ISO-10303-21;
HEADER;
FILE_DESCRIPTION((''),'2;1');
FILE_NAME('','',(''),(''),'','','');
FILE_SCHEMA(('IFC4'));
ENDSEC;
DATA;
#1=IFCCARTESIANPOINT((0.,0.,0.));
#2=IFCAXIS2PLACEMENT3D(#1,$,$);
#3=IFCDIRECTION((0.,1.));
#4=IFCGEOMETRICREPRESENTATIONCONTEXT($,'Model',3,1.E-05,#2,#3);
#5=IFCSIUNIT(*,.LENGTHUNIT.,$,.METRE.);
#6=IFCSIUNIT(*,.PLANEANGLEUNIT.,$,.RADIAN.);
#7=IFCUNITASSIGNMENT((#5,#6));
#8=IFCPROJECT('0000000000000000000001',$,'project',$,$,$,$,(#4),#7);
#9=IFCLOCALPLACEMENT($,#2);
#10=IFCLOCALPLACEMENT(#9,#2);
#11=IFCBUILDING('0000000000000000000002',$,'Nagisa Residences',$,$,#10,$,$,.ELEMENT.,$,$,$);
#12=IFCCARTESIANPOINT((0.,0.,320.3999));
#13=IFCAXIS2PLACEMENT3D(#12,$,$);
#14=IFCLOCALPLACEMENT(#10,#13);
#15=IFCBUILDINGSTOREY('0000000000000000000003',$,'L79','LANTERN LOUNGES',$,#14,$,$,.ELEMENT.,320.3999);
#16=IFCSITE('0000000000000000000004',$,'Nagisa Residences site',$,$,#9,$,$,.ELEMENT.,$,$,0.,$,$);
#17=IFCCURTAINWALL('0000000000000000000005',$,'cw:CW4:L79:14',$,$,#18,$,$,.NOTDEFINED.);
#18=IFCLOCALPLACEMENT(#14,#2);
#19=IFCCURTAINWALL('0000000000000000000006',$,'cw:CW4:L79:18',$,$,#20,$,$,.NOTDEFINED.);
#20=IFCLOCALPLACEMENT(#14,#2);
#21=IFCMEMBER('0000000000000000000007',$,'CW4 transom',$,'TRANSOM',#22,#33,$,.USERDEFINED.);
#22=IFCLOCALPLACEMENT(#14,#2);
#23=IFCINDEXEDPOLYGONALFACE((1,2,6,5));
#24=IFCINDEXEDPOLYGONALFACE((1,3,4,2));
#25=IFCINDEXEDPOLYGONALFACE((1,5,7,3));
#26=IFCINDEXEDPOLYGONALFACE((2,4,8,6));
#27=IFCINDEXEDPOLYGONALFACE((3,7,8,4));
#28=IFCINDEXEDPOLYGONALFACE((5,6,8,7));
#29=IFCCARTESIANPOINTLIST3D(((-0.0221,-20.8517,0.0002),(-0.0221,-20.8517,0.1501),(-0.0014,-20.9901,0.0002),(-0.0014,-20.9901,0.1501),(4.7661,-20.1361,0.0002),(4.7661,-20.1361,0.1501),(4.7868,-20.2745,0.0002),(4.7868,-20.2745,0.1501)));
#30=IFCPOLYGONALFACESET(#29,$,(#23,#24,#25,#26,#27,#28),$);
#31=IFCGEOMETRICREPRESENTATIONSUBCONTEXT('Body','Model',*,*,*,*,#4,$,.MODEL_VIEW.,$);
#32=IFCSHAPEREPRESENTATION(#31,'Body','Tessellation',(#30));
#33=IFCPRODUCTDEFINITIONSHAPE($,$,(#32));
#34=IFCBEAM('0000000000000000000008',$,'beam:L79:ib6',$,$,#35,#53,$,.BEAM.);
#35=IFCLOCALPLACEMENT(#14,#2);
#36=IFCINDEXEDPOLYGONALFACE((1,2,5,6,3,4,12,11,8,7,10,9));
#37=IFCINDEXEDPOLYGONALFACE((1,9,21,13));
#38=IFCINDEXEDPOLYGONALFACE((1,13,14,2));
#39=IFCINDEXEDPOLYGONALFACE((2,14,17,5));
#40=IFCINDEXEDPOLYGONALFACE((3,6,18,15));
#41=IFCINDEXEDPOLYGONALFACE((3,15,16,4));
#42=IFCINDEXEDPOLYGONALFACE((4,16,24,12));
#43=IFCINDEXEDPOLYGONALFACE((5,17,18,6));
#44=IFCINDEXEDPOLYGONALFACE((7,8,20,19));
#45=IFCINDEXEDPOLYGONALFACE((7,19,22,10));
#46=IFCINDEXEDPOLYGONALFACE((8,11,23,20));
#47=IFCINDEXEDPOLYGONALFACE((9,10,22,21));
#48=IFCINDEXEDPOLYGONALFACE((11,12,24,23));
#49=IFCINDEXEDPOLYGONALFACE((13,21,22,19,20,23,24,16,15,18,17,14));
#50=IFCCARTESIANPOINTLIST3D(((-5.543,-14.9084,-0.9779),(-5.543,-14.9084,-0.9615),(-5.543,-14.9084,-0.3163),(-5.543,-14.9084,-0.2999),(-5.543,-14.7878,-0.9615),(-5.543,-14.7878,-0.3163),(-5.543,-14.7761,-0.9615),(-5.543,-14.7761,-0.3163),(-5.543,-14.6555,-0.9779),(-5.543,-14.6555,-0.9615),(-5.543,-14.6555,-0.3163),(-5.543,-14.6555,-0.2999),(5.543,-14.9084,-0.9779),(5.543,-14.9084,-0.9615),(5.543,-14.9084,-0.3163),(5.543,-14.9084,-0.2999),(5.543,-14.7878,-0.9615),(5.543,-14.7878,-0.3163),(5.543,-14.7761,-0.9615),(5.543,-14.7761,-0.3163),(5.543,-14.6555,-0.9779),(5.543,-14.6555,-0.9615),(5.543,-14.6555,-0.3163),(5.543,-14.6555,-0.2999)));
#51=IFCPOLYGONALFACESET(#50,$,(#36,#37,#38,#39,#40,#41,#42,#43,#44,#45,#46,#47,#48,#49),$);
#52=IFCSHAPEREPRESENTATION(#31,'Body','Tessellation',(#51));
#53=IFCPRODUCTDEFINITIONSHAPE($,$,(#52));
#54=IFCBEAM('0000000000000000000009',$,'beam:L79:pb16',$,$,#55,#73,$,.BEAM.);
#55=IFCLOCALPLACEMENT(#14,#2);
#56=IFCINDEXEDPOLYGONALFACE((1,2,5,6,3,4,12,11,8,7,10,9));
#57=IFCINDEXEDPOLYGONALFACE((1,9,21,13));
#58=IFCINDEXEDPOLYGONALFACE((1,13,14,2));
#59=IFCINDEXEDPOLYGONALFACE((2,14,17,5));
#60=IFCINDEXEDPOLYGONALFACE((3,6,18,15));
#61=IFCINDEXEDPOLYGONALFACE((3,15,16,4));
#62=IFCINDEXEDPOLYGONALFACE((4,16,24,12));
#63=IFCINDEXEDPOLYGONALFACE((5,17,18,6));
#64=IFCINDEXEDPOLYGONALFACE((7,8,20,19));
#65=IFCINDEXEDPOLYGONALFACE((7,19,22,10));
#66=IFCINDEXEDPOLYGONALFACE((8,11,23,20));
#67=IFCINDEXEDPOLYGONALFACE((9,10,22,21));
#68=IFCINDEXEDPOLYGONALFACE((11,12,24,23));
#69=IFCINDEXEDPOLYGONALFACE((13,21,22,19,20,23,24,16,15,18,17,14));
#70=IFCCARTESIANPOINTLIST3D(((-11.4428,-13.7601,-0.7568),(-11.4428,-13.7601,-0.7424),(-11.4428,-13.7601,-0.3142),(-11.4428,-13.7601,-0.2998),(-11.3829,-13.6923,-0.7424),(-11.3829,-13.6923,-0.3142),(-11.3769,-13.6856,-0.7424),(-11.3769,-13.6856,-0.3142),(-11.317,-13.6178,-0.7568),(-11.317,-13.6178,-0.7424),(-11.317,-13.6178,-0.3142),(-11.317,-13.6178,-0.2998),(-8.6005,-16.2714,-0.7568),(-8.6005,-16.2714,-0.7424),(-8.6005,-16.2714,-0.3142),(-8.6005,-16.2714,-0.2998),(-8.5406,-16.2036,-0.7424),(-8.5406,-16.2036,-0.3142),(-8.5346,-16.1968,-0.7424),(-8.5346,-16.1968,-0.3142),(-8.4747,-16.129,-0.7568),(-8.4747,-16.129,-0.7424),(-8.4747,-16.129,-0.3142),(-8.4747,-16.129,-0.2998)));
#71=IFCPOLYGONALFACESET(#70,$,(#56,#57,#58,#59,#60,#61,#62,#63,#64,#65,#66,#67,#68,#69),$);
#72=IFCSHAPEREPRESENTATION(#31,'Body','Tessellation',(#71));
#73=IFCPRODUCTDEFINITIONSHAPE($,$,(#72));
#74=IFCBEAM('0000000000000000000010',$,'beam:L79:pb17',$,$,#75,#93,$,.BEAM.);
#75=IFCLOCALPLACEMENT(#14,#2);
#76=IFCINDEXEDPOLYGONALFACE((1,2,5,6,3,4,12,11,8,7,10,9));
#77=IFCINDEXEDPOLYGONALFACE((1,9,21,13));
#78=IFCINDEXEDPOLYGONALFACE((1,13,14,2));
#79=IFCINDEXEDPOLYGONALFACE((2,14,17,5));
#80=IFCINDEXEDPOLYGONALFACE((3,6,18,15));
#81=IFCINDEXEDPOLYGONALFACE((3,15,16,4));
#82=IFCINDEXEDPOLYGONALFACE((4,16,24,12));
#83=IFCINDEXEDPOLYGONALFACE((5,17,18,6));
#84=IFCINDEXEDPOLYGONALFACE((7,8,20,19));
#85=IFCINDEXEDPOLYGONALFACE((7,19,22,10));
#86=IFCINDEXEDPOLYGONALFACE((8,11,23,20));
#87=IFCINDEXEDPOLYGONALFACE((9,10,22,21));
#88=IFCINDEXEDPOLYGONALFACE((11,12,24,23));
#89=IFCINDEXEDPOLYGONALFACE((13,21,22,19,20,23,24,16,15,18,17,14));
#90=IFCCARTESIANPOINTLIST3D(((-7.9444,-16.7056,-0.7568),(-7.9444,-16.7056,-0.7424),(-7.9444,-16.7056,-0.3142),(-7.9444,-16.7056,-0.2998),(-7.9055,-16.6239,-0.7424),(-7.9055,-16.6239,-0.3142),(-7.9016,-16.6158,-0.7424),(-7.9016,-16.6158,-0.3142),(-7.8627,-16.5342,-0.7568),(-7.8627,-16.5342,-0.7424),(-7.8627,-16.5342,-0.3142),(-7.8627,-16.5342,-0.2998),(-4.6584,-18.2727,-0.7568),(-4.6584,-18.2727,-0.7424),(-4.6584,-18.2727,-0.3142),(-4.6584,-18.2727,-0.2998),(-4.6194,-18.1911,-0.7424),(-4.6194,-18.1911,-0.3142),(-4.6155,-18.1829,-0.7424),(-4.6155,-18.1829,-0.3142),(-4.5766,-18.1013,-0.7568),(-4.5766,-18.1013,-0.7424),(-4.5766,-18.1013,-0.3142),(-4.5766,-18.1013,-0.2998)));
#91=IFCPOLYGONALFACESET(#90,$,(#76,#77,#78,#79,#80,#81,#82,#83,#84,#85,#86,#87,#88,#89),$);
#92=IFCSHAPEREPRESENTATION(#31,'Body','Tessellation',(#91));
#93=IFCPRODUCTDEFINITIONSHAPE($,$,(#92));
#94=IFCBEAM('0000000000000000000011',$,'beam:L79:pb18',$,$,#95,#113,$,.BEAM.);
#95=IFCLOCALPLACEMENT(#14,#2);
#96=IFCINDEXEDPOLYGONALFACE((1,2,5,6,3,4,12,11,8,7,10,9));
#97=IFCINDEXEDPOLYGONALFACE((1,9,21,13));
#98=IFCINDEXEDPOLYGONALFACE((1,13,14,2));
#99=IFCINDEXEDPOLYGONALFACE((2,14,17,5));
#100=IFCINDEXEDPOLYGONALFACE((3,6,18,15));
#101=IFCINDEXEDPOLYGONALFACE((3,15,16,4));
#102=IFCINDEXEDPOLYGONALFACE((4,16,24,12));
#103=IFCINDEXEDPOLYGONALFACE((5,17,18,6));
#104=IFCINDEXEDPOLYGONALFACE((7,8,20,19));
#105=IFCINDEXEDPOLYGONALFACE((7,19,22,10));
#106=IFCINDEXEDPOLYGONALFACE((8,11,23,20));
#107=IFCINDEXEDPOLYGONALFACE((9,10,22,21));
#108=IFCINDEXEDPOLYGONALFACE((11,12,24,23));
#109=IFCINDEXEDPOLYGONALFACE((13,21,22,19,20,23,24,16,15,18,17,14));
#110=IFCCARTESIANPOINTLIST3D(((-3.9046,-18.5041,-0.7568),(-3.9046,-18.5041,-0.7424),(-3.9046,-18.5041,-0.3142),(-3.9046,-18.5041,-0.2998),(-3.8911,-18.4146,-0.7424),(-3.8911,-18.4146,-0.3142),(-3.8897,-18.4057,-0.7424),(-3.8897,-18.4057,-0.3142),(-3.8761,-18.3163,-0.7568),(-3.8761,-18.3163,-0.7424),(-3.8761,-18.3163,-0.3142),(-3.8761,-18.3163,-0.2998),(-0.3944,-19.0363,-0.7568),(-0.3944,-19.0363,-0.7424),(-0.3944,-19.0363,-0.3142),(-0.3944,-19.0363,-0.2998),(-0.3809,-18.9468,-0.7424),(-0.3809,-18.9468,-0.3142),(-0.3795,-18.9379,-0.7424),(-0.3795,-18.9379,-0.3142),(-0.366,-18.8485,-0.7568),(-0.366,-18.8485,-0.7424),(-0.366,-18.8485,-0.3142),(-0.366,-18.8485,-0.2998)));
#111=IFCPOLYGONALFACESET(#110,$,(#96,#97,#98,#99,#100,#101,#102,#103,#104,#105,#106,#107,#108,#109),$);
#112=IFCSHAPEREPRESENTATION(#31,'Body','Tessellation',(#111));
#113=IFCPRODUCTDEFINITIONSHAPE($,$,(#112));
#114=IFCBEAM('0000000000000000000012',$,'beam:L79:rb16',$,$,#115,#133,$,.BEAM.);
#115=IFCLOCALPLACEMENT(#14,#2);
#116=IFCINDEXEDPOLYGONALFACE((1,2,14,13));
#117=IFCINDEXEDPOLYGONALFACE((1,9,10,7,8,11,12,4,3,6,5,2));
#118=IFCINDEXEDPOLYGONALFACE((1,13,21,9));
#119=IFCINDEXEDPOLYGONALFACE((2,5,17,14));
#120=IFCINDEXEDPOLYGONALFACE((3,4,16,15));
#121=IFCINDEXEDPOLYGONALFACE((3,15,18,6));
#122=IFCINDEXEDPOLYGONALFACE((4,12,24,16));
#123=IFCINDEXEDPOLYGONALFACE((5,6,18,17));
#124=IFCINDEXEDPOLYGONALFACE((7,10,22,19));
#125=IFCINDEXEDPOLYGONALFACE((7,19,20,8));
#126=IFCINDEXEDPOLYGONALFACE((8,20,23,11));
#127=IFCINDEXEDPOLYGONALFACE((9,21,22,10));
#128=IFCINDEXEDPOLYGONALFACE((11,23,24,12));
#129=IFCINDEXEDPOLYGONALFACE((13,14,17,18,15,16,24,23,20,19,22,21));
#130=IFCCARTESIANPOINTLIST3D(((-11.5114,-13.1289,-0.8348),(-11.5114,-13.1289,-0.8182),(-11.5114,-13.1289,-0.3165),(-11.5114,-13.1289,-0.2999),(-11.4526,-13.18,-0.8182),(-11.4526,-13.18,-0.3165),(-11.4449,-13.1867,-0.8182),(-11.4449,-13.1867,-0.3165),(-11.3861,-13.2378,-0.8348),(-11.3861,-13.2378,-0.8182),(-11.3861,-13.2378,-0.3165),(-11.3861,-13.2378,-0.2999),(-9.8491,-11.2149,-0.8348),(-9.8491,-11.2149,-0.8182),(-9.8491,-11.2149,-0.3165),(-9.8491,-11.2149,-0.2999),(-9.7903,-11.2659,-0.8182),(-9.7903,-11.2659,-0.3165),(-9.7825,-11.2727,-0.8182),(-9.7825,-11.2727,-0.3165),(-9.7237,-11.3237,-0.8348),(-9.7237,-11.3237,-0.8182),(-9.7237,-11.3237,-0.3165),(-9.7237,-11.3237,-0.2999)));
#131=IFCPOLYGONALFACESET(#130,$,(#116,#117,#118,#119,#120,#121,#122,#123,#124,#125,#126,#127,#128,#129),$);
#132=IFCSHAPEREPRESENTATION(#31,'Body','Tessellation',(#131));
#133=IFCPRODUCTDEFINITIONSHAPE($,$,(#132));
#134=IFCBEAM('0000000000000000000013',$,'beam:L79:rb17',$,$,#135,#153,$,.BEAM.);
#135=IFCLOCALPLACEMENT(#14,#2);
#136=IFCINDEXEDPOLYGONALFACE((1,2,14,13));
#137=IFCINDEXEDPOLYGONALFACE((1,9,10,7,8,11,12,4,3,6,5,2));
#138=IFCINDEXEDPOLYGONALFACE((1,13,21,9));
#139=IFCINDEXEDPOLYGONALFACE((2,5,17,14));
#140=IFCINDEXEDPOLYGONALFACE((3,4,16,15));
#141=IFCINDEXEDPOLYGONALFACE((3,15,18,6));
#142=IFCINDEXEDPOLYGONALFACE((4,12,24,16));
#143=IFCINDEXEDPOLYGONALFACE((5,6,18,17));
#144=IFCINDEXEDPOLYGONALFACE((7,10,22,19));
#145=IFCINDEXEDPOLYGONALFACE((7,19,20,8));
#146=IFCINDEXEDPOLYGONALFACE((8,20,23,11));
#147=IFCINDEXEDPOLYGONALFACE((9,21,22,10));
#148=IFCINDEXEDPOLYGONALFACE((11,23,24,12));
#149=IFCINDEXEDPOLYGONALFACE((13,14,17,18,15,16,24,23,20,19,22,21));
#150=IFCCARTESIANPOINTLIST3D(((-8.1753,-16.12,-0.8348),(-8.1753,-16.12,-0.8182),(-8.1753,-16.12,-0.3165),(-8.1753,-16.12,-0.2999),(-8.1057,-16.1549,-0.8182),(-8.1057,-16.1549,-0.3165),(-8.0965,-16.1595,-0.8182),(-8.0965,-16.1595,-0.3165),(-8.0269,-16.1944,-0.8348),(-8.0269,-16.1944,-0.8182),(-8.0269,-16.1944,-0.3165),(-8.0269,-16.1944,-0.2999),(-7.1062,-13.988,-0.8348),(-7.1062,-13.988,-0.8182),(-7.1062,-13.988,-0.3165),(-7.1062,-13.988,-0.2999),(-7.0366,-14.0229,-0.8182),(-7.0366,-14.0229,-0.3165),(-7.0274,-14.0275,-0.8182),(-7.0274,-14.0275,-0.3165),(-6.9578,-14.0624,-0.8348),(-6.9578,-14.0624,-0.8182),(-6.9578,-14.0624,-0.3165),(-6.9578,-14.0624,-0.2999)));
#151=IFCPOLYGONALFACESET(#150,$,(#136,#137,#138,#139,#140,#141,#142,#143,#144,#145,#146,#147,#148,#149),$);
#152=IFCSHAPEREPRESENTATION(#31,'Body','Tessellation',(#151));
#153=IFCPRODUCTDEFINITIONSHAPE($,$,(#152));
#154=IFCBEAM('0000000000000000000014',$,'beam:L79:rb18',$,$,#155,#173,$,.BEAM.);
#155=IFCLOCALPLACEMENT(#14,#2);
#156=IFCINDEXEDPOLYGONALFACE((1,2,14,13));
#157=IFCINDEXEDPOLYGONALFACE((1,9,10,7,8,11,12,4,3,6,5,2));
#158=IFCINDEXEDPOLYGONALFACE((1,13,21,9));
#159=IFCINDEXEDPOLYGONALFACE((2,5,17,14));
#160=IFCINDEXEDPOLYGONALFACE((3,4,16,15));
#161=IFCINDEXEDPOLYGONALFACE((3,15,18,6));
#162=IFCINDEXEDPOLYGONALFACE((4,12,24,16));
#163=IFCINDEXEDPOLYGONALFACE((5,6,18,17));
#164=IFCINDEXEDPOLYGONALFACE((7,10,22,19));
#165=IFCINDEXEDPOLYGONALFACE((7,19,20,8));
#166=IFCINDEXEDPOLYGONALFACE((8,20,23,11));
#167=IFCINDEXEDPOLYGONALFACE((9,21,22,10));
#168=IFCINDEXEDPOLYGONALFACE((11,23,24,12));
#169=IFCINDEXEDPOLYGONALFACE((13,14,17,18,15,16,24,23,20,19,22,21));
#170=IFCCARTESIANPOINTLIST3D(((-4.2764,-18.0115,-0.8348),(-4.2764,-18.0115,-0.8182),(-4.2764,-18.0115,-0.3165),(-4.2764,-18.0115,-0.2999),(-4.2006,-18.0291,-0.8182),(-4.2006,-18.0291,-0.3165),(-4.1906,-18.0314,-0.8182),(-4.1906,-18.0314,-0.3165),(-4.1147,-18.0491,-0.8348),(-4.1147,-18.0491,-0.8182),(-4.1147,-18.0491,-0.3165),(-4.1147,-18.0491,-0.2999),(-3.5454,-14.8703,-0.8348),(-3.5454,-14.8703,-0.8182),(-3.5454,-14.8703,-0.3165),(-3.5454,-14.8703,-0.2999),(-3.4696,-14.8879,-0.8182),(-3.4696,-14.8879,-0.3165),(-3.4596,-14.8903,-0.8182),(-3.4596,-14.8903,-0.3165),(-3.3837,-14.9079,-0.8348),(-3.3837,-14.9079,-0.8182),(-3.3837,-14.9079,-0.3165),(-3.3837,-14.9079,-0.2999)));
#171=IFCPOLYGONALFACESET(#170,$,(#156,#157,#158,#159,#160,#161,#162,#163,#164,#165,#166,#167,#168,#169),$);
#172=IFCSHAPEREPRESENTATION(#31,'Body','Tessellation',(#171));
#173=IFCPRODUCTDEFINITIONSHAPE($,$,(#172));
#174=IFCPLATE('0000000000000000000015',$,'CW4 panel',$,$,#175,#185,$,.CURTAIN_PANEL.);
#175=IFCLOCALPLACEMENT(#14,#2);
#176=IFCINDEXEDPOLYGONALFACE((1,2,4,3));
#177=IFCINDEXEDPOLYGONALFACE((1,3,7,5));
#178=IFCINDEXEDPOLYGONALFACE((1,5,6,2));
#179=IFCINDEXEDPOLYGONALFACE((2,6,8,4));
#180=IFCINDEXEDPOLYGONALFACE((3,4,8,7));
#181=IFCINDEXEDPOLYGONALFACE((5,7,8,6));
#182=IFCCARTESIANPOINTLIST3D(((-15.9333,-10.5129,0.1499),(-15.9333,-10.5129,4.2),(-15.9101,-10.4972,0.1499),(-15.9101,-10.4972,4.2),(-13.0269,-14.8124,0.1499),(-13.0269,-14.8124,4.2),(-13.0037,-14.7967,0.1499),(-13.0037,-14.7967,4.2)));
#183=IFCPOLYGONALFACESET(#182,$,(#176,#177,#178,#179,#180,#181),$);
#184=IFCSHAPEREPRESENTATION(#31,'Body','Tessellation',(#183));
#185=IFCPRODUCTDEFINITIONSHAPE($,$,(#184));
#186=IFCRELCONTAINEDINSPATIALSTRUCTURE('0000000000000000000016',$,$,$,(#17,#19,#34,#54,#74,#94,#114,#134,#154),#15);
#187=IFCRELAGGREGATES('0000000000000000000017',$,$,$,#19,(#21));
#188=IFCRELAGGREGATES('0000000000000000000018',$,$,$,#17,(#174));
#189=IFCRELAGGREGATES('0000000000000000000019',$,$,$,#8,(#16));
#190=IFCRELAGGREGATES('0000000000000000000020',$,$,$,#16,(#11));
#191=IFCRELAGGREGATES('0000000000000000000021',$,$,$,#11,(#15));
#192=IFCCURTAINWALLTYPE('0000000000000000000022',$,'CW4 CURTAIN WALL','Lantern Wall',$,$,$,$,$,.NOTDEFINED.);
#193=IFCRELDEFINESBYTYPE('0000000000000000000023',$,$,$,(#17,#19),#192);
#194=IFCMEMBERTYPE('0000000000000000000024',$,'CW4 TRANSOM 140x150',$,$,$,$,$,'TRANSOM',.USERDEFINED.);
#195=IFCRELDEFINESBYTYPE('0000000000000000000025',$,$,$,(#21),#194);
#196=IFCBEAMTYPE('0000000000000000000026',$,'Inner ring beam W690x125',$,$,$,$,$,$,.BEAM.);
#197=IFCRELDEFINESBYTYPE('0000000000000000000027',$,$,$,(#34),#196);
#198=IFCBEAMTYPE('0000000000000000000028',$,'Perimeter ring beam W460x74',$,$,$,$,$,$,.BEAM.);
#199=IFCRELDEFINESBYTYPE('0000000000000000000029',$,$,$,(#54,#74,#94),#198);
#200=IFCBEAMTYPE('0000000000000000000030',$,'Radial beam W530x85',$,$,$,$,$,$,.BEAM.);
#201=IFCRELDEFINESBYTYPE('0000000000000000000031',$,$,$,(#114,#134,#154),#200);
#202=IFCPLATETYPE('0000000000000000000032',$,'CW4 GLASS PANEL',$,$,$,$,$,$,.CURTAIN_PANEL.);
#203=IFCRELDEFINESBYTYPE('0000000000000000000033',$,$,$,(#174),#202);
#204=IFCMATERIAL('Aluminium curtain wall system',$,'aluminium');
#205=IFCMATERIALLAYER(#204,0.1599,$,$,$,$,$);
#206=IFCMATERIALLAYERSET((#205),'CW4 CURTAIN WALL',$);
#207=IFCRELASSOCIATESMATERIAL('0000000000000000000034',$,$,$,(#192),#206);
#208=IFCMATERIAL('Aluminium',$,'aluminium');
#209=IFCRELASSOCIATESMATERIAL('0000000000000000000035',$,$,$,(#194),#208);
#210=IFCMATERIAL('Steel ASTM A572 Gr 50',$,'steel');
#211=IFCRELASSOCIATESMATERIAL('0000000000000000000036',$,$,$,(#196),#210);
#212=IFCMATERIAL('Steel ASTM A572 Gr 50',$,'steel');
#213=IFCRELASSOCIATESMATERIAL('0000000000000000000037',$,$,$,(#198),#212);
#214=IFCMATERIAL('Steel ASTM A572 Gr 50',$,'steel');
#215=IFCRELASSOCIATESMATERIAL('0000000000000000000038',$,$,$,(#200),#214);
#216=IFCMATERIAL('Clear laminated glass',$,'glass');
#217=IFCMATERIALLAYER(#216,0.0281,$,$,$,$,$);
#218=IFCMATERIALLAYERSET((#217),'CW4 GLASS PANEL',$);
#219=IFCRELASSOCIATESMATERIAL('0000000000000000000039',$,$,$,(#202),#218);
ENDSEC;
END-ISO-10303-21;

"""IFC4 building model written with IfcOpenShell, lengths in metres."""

from ifc_helpers import new_model, si_unit, direction, frame, origin, origin_2d, place, context, subcontext, project, spatial, rectangle, i_section, extrude, material, layer, layer_set, material_profile, profile_set, type_object, element, aggregate, save


model = new_model("IFC4")

# Units and contexts
model_context = context("Model", 3, precision=1e-05, world=origin(), true_north=direction((0.0, 1.0)))
body_context = subcontext(model_context, "Body", "Model", "MODEL_VIEW")
ifc_project = project(units=[si_unit("LENGTHUNIT", "METRE"), si_unit("PLANEANGLEUNIT", "RADIAN")], contexts=[model_context])

# Site, building, storey
site_placement = place(None, origin())
site = spatial("IfcSite", under=ifc_project, at=site_placement, Name="Nagisa Residences site", CompositionType="ELEMENT", RefElevation=0.0)
building_placement = place(site_placement, origin())
building = spatial("IfcBuilding", under=site, at=building_placement, Name="Nagisa Residences", CompositionType="ELEMENT")
storey_placement = place(building_placement, frame((0.0, 0.0, 320.3999)))
storey = spatial("IfcBuildingStorey", under=building, at=storey_placement, Name="L79", Description="LANTERN LOUNGES", CompositionType="ELEMENT", Elevation=320.3999)

# Curtain wall
ifc_material_1 = material(Name="Aluminium curtain wall system", Category="aluminium")
ifc_layer_1 = layer(ifc_material_1, 0.1599)
ifc_layer_set_1 = layer_set([ifc_layer_1], Name="CW4 CURTAIN WALL")
curtain_wall_type = type_object("IfcCurtainWallType", Name="CW4 CURTAIN WALL", Description="Lantern Wall", PredefinedType="NOTDEFINED", material=ifc_layer_set_1)
curtain_wall_1_placement = place(storey_placement, origin())
curtain_wall_1 = element("IfcCurtainWall", 1, at=curtain_wall_1_placement, inside=storey, type_object=curtain_wall_type, Name="cw:CW4:L79:14", PredefinedType="NOTDEFINED")

# Shared definitions
ifc_material_2 = material(Name="Aluminium", Category="aluminium")
ifc_material_profile_1 = material_profile(ifc_material_2, rectangle(XDim=0.1399, YDim=0.1499, at=origin_2d()), Name="CW4 TRANSOM 140x150")
ifc_profile_set_1 = profile_set([ifc_material_profile_1], Name="Aluminium")
member_type_1 = type_object("IfcMemberType", Name="CW4 TRANSOM 140x150", ElementType="TRANSOM", PredefinedType="USERDEFINED", material=ifc_profile_set_1)

# Curtain wall, member
curtain_wall_2_placement = place(storey_placement, origin())
curtain_wall_2 = element("IfcCurtainWall", 2, at=curtain_wall_2_placement, inside=storey, type_object=curtain_wall_type, Name="cw:CW4:L79:18", PredefinedType="NOTDEFINED")
member_1_placement = place(storey_placement, frame((-0.0117, -20.9209, 0.0752), z_axis=(0.989016, 0.147808, 0.0), x_axis=(-0.147808, 0.989016, 0.0)))
member_1 = element("IfcMember", 3, at=member_1_placement, type_object=member_type_1, Name="CW4 transom", ObjectType="TRANSOM", PredefinedType="USERDEFINED", context=body_context, shape_type="SweptSolid", body=[
    extrude(rectangle(XDim=0.1399, YDim=0.1499, at=origin_2d()), origin(), (0.0, 0.0, 1.0), 4.8413),
])
aggregate(curtain_wall_2, [member_1])

# Beams
ifc_material_3 = material(Name="Steel ASTM A572 Gr 50", Category="steel")
ifc_material_profile_2 = material_profile(ifc_material_3, i_section(OverallWidth=0.2529, OverallDepth=0.678, WebThickness=0.0117, FlangeThickness=0.0164, at=origin_2d()), Name="W690x125")
ifc_profile_set_2 = profile_set([ifc_material_profile_2], Name="Steel ASTM A572 Gr 50")
beam_type_1 = type_object("IfcBeamType", Name="Inner ring beam W690x125", PredefinedType="BEAM", material=ifc_profile_set_2)
beam_1_placement = place(storey_placement, frame((-5.543, -14.782, -0.6389), z_axis=(1.0, 0.0, 0.0), x_axis=(0.0, 1.0, 0.0)))
element("IfcBeam", 4, at=beam_1_placement, inside=storey, type_object=beam_type_1, Name="beam:L79:ib6", PredefinedType="BEAM", context=body_context, shape_type="SweptSolid", body=[
    extrude(i_section(OverallWidth=0.2529, OverallDepth=0.678, WebThickness=0.0117, FlangeThickness=0.0164, at=origin_2d()), origin(), (0.0, 0.0, 1.0), 11.0859),
])
ifc_material_4 = material(Name="Steel ASTM A572 Gr 50", Category="steel")
ifc_material_profile_3 = material_profile(ifc_material_4, i_section(OverallWidth=0.1899, OverallDepth=0.457, WebThickness=0.009, FlangeThickness=0.0144, at=origin_2d()), Name="W460x74")
ifc_profile_set_3 = profile_set([ifc_material_profile_3], Name="Steel ASTM A572 Gr 50")
beam_type_2 = type_object("IfcBeamType", Name="Perimeter ring beam W460x74", PredefinedType="BEAM", material=ifc_profile_set_3)
beam_2_placement = place(storey_placement, frame((-11.3799, -13.689, -0.5283), z_axis=(0.749402, -0.662115, 0.0), x_axis=(0.662115, 0.749402, 0.0)))
element("IfcBeam", 5, at=beam_2_placement, inside=storey, type_object=beam_type_2, Name="beam:L79:pb16", PredefinedType="BEAM", context=body_context, shape_type="SweptSolid", body=[
    extrude(i_section(OverallWidth=0.1899, OverallDepth=0.457, WebThickness=0.009, FlangeThickness=0.0144, at=origin_2d()), origin(), (0.0, 0.0, 1.0), 3.7927),
])
beam_3_placement = place(storey_placement, frame((-7.9036, -16.6199, -0.5283), z_axis=(0.902614, -0.430452, 0.0), x_axis=(0.430452, 0.902614, 0.0)))
element("IfcBeam", 6, at=beam_3_placement, inside=storey, type_object=beam_type_2, Name="beam:L79:pb17", PredefinedType="BEAM", context=body_context, shape_type="SweptSolid", body=[
    extrude(i_section(OverallWidth=0.1899, OverallDepth=0.457, WebThickness=0.009, FlangeThickness=0.0144, at=origin_2d()), origin(), (0.0, 0.0, 1.0), 3.6406),
])
beam_4_placement = place(storey_placement, frame((-3.8904, -18.4102, -0.5283), z_axis=(0.9887, -0.149907, 0.0), x_axis=(0.149907, 0.9887, 0.0)))
element("IfcBeam", 7, at=beam_4_placement, inside=storey, type_object=beam_type_2, Name="beam:L79:pb18", PredefinedType="BEAM", context=body_context, shape_type="SweptSolid", body=[
    extrude(i_section(OverallWidth=0.1899, OverallDepth=0.457, WebThickness=0.009, FlangeThickness=0.0144, at=origin_2d()), origin(), (0.0, 0.0, 1.0), 3.5503),
])
ifc_material_5 = material(Name="Steel ASTM A572 Gr 50", Category="steel")
ifc_material_profile_4 = material_profile(ifc_material_5, i_section(OverallWidth=0.166, OverallDepth=0.5349, WebThickness=0.0103, FlangeThickness=0.0166, at=origin_2d()), Name="W530x85")
ifc_profile_set_4 = profile_set([ifc_material_profile_4], Name="Steel ASTM A572 Gr 50")
beam_type_3 = type_object("IfcBeamType", Name="Radial beam W530x85", PredefinedType="BEAM", material=ifc_profile_set_4)
beam_5_placement = place(storey_placement, frame((-11.4487, -13.1833, -0.5674), z_axis=(0.655718, 0.755006, 0.0), x_axis=(-0.755006, 0.655718, 0.0)))
element("IfcBeam", 8, at=beam_5_placement, inside=storey, type_object=beam_type_3, Name="beam:L79:rb16", PredefinedType="BEAM", context=body_context, shape_type="SweptSolid", body=[
    extrude(i_section(OverallWidth=0.166, OverallDepth=0.5349, WebThickness=0.0103, FlangeThickness=0.0166, at=origin_2d()), origin(), (0.0, 0.0, 1.0), 2.5352),
])
beam_6_placement = place(storey_placement, frame((-8.1011, -16.1572, -0.5674), z_axis=(0.448237, 0.893915, 0.0), x_axis=(-0.893915, 0.448237, 0.0)))
element("IfcBeam", 9, at=beam_6_placement, inside=storey, type_object=beam_type_3, Name="beam:L79:rb17", PredefinedType="BEAM", context=body_context, shape_type="SweptSolid", body=[
    extrude(i_section(OverallWidth=0.166, OverallDepth=0.5349, WebThickness=0.0103, FlangeThickness=0.0166, at=origin_2d()), origin(), (0.0, 0.0, 1.0), 2.385),
])
beam_7_placement = place(storey_placement, frame((-4.1956, -18.0303, -0.5674), z_axis=(0.22665, 0.973976, 0.0), x_axis=(-0.973976, 0.22665, 0.0)))
element("IfcBeam", 10, at=beam_7_placement, inside=storey, type_object=beam_type_3, Name="beam:L79:rb18", PredefinedType="BEAM", context=body_context, shape_type="SweptSolid", body=[
    extrude(i_section(OverallWidth=0.166, OverallDepth=0.5349, WebThickness=0.0103, FlangeThickness=0.0166, at=origin_2d()), origin(), (0.0, 0.0, 1.0), 3.2251),
])

# Plate
ifc_material_6 = material(Name="Clear laminated glass", Category="glass")
ifc_layer_2 = layer(ifc_material_6, 0.0281)
ifc_layer_set_2 = layer_set([ifc_layer_2], Name="CW4 GLASS PANEL")
plate_type = type_object("IfcPlateType", Name="CW4 GLASS PANEL", PredefinedType="CURTAIN_PANEL", material=ifc_layer_set_2)
plate_1_placement = place(storey_placement, frame((-14.4685, -12.6548, 0.1499), z_axis=(0.0, 0.0, 1.0), x_axis=(0.56003, -0.828473, 0.0)))
plate_1 = element("IfcPlate", 11, at=plate_1_placement, type_object=plate_type, Name="CW4 panel", PredefinedType="CURTAIN_PANEL", context=body_context, shape_type="SweptSolid", body=[
    extrude(rectangle(XDim=5.1897, YDim=0.0281, at=origin_2d()), origin(), (0.0, 0.0, 1.0), 4.05),
])
aggregate(curtain_wall_1, [plate_1])

save(model, "model.ifc")
